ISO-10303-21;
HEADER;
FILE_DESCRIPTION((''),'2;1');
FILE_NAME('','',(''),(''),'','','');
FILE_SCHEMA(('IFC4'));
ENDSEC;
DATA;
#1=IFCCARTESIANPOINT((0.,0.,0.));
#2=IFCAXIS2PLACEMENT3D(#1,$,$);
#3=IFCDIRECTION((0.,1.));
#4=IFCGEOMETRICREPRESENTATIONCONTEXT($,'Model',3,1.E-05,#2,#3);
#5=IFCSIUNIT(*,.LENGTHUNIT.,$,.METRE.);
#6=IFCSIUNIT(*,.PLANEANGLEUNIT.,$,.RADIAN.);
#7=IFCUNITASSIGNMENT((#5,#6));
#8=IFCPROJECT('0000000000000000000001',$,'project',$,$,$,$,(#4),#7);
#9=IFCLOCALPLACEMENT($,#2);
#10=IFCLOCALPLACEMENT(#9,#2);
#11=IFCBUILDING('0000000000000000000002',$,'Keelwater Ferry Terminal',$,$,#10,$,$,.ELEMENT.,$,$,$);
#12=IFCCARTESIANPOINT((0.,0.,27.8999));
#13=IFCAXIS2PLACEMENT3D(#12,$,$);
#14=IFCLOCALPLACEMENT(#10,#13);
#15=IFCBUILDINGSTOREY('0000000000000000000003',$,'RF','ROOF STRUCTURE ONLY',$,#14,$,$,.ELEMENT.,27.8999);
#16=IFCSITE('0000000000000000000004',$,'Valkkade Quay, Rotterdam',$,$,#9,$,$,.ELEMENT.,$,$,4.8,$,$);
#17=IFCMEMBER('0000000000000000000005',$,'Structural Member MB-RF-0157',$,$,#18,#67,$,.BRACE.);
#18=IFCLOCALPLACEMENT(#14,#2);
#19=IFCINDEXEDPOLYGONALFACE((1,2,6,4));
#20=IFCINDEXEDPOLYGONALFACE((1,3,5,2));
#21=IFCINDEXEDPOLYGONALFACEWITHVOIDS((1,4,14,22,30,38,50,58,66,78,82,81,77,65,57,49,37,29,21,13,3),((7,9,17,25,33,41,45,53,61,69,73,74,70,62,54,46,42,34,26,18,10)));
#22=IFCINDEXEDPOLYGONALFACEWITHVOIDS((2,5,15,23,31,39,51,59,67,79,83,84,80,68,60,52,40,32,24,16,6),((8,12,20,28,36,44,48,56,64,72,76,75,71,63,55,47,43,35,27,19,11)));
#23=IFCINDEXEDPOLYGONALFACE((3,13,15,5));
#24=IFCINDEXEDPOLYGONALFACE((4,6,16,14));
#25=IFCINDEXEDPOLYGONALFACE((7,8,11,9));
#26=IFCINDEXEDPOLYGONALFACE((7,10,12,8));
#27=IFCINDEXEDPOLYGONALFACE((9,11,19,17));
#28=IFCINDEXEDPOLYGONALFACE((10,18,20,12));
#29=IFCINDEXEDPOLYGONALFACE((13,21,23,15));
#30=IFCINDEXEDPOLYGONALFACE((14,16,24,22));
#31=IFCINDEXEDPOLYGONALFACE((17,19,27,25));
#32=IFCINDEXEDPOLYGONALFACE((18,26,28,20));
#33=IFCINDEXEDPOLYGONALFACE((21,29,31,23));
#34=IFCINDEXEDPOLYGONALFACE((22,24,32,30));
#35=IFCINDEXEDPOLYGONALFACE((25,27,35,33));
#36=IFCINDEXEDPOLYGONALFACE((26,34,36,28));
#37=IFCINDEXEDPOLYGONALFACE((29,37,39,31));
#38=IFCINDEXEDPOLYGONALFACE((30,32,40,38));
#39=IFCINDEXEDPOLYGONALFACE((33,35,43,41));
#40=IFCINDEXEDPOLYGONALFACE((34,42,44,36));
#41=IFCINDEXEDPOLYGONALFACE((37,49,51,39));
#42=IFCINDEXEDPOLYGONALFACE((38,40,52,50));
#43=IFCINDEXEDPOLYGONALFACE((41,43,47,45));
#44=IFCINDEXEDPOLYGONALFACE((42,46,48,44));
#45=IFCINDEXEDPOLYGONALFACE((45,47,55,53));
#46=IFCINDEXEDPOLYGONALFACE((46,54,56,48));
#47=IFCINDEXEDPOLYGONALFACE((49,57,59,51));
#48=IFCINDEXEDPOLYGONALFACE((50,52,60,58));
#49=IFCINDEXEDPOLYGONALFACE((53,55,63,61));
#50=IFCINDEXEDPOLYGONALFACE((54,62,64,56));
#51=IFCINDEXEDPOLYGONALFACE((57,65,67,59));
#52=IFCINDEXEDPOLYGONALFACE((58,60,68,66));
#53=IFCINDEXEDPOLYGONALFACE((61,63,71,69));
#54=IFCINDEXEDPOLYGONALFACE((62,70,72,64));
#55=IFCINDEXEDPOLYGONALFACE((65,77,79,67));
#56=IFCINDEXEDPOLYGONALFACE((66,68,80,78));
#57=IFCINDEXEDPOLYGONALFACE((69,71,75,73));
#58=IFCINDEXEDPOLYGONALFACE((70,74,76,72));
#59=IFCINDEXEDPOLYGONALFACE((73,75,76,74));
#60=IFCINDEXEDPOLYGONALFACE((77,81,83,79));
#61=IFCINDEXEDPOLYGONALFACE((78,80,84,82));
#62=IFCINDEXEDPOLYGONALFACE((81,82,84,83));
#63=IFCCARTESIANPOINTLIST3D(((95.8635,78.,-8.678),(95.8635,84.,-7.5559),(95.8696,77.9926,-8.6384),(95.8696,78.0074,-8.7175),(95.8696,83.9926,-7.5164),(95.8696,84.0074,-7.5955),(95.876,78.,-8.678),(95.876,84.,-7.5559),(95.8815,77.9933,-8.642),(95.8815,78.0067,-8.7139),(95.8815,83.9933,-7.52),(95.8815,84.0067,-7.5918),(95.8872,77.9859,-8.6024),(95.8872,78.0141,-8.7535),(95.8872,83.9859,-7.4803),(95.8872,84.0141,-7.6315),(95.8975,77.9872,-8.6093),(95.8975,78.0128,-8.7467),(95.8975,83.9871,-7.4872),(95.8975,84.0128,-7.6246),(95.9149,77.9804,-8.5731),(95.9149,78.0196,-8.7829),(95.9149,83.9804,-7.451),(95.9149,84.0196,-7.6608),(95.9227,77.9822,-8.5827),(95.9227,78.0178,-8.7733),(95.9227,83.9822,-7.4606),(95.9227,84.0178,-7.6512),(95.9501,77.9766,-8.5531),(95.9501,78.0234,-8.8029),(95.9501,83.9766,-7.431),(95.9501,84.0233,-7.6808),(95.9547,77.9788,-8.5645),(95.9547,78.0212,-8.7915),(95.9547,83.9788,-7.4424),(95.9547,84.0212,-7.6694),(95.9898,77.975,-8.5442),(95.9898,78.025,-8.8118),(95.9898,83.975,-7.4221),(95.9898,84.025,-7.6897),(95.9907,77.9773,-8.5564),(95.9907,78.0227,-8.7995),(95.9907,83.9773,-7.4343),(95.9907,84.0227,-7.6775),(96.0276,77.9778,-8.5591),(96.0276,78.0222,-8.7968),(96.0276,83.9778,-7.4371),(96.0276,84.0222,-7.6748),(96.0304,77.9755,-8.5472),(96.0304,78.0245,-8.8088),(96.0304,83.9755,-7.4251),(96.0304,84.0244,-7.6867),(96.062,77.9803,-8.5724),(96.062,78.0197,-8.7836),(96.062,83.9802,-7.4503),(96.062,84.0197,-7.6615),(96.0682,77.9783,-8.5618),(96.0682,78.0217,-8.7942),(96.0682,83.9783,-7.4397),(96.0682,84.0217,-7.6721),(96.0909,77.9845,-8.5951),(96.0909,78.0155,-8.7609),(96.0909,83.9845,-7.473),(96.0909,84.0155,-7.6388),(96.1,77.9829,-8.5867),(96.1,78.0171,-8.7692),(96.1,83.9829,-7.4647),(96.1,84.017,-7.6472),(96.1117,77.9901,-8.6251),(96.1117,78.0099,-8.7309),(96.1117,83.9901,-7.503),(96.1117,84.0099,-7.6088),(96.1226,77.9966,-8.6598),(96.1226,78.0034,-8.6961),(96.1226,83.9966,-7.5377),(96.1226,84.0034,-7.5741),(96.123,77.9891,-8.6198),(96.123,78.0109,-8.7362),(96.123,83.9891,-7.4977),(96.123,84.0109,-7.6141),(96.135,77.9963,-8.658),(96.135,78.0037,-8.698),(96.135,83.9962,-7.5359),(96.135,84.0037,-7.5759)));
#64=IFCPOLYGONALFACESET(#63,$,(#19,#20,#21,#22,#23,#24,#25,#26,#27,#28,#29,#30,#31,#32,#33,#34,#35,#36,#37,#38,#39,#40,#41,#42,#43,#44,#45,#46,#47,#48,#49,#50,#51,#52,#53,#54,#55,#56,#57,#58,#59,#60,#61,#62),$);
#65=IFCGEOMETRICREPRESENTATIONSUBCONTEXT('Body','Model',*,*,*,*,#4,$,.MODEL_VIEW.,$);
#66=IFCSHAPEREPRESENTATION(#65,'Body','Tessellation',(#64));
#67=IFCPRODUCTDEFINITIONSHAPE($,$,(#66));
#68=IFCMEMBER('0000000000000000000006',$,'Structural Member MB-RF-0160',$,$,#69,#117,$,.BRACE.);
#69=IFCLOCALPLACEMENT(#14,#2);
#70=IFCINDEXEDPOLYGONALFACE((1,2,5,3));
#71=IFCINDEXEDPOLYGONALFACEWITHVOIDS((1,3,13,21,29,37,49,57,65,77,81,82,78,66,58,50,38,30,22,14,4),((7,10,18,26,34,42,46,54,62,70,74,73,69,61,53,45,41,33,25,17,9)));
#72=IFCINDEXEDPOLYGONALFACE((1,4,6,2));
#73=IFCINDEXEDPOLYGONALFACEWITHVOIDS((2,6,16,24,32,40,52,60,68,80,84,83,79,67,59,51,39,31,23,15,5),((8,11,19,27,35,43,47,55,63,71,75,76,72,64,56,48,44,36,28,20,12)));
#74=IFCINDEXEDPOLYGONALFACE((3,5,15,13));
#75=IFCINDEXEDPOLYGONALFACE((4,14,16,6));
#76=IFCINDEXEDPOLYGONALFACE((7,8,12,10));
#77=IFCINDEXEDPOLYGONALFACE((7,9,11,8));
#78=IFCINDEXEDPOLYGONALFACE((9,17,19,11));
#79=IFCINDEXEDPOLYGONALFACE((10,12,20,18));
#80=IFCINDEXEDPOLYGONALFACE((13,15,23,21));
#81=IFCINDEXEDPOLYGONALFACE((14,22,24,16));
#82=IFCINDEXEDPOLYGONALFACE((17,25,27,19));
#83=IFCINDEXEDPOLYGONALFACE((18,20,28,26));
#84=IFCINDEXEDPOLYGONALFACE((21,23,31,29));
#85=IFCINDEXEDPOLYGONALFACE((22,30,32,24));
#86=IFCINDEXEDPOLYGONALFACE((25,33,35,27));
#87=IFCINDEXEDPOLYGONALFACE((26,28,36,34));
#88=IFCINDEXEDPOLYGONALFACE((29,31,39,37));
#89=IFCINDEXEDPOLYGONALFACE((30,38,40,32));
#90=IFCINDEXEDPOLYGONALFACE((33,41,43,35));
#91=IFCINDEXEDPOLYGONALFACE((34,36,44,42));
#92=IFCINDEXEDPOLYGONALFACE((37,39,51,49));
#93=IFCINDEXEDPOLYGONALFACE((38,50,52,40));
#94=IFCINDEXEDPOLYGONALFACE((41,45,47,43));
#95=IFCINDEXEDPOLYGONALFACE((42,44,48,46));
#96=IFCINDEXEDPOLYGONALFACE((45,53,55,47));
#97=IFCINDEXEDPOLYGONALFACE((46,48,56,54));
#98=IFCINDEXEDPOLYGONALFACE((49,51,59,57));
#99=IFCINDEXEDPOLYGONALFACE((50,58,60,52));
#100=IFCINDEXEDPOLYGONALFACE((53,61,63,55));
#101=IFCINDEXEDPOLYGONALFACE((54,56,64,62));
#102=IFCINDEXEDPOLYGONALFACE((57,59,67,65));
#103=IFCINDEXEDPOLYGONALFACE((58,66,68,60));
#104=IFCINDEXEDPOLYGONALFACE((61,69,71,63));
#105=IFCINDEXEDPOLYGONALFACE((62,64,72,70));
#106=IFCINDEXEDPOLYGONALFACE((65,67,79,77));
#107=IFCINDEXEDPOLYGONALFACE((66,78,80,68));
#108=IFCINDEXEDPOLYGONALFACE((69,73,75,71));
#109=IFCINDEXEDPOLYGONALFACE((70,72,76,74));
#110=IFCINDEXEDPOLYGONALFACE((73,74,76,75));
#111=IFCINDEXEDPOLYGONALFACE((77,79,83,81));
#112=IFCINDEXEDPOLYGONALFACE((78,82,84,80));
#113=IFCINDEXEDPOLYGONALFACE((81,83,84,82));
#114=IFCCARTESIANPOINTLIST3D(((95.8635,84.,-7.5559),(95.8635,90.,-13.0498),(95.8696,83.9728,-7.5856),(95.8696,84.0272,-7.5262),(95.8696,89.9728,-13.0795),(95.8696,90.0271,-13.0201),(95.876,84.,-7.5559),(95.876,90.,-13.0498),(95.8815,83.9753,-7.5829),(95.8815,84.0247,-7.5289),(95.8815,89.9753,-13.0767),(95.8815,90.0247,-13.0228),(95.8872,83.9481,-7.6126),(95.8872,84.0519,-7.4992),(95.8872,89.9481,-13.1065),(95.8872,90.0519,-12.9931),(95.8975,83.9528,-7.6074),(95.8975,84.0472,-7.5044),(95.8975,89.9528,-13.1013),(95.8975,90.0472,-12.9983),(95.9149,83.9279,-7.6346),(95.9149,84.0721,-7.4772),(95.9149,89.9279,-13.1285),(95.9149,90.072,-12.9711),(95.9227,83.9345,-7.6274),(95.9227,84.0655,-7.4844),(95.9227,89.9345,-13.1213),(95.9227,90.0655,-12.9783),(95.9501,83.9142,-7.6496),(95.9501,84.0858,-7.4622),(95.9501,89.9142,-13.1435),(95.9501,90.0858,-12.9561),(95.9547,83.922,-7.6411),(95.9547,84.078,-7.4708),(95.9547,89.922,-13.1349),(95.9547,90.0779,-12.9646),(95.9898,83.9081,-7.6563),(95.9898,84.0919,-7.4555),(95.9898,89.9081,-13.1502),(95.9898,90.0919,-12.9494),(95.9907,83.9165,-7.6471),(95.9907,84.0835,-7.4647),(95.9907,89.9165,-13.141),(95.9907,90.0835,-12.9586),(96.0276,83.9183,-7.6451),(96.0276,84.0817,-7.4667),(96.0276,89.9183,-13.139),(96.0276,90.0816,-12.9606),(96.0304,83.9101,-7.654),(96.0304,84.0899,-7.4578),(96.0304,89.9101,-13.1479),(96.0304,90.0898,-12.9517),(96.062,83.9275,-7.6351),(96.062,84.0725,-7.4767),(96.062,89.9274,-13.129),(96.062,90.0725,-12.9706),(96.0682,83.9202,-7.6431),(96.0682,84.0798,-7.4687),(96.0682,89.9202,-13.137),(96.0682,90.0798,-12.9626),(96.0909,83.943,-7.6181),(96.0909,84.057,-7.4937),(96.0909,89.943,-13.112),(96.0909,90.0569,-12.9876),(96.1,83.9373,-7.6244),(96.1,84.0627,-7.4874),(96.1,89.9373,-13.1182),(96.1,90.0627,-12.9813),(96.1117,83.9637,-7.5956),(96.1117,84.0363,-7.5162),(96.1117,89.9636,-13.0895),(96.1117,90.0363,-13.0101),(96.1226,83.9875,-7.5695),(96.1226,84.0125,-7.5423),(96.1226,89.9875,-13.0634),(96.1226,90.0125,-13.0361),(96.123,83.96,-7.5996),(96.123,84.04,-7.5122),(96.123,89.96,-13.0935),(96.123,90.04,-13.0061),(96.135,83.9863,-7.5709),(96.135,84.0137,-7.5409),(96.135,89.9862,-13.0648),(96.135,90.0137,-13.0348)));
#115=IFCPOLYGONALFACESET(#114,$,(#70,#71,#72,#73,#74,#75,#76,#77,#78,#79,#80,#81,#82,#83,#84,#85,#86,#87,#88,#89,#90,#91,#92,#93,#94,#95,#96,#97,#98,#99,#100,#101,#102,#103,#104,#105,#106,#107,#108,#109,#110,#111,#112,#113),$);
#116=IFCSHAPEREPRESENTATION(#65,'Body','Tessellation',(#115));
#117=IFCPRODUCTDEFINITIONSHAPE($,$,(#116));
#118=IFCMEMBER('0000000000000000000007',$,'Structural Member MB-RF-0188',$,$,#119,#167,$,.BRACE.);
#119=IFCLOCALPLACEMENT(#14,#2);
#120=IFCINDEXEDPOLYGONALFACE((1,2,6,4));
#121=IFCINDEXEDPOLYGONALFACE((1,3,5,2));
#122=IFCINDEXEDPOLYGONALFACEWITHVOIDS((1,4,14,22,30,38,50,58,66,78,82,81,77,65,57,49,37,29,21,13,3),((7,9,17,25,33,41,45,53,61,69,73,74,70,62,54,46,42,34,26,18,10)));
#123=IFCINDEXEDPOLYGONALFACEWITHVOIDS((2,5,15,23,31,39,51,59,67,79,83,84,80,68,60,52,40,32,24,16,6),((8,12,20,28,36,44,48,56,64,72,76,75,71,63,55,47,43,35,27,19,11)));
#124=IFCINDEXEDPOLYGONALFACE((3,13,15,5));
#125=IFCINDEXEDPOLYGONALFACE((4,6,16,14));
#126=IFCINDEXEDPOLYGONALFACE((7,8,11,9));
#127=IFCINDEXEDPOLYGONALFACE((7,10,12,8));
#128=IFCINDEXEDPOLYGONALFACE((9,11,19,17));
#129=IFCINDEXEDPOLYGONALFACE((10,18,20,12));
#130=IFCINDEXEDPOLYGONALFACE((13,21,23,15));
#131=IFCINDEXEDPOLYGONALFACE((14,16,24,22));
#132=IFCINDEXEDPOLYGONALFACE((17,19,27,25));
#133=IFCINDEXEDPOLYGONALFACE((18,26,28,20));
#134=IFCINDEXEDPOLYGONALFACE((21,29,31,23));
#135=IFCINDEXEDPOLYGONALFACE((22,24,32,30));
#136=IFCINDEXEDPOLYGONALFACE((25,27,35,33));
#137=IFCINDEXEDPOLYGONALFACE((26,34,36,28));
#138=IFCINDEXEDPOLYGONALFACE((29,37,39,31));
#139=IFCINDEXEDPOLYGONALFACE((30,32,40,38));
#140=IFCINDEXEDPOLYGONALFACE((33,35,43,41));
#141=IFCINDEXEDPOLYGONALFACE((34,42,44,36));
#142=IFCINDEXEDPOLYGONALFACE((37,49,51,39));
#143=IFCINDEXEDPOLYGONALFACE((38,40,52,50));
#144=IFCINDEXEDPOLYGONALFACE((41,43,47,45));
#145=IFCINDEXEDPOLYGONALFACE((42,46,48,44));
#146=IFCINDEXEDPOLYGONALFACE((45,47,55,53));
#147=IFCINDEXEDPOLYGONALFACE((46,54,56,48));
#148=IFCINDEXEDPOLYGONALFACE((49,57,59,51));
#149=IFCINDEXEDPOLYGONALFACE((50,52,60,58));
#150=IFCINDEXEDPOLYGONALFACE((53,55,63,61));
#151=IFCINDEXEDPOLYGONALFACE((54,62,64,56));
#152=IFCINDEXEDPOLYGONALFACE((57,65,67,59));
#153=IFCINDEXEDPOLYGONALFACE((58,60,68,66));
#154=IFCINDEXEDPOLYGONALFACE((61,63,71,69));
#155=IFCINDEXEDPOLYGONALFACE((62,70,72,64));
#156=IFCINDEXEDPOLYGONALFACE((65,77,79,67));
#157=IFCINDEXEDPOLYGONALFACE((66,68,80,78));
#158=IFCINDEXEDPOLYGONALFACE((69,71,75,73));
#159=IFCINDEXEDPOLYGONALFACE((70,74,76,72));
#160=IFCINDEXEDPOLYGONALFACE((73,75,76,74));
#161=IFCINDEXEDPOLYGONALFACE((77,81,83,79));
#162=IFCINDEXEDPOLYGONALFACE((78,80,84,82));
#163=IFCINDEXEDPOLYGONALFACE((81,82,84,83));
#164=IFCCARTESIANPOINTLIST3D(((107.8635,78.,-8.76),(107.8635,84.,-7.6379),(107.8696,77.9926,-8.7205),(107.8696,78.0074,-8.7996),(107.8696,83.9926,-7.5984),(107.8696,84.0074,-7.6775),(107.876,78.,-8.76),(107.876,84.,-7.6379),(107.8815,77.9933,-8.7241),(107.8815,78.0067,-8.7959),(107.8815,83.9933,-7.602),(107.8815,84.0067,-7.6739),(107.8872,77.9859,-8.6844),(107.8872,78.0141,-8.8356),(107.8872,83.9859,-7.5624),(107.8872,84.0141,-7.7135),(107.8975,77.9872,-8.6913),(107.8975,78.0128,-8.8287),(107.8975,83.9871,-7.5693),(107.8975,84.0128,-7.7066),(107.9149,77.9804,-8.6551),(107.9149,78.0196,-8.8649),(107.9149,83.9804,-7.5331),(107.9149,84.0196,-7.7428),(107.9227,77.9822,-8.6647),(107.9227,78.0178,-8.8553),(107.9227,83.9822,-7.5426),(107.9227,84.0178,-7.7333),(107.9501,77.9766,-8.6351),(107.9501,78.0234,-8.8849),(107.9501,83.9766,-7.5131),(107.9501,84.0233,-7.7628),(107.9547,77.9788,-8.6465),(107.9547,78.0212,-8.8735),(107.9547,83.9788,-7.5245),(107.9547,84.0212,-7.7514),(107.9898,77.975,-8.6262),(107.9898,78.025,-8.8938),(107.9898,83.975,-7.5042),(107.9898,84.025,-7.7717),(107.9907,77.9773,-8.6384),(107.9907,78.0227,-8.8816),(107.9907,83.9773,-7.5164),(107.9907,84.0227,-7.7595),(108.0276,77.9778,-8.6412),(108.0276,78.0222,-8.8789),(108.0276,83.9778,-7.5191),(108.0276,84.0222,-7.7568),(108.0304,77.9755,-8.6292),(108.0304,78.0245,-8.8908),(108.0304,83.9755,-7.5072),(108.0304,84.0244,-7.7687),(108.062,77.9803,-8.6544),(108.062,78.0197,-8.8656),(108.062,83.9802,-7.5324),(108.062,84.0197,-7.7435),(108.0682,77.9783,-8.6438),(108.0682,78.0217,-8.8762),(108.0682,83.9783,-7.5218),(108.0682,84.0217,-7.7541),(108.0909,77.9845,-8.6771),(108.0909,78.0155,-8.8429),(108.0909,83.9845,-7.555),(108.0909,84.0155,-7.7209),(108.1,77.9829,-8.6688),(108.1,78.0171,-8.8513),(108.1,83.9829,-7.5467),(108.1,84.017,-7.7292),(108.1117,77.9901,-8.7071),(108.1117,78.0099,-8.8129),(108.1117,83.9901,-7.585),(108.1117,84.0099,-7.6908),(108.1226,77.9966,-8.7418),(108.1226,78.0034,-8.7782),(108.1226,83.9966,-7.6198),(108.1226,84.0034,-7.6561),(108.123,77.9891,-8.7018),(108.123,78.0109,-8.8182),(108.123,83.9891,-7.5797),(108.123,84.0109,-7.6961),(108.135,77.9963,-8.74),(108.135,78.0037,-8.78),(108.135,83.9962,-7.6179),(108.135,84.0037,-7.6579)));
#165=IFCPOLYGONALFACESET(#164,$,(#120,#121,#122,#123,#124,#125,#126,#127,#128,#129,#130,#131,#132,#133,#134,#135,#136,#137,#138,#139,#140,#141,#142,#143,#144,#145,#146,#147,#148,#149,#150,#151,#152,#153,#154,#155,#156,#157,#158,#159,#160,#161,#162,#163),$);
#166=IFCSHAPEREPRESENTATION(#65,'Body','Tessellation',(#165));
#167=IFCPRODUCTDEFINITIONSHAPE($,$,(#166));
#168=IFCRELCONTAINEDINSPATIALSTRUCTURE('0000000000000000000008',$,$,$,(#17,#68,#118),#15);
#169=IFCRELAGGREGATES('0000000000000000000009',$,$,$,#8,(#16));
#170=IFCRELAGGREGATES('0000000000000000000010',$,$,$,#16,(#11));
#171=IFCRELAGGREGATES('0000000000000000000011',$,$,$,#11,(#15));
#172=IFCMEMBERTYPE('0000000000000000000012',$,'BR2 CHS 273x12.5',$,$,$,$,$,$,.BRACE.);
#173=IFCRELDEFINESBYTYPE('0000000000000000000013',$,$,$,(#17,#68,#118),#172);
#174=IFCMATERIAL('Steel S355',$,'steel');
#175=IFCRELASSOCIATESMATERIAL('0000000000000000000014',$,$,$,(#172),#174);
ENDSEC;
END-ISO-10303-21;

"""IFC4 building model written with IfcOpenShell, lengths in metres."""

from ifc_helpers import new_model, si_unit, direction, frame, origin, origin_2d, place, context, subcontext, project, spatial, hollow_circle, extrude, material, material_profile, profile_set, type_object, element, save


model = new_model("IFC4")

# Units and contexts
model_context = context("Model", 3, precision=1e-05, world=origin(), true_north=direction((0.0, 1.0)))
body_context = subcontext(model_context, "Body", "Model", "MODEL_VIEW")
ifc_project = project(units=[si_unit("LENGTHUNIT", "METRE"), si_unit("PLANEANGLEUNIT", "RADIAN")], contexts=[model_context])

# Site, building, storey
site_placement = place(None, origin())
site = spatial("IfcSite", under=ifc_project, at=site_placement, Name="Valkkade Quay, Rotterdam", CompositionType="ELEMENT", RefElevation=4.8)
building_placement = place(site_placement, origin())
building = spatial("IfcBuilding", under=site, at=building_placement, Name="Keelwater Ferry Terminal", CompositionType="ELEMENT")
storey_placement = place(building_placement, frame((0.0, 0.0, 27.8999)))
storey = spatial("IfcBuildingStorey", under=building, at=storey_placement, Name="RF", Description="ROOF STRUCTURE ONLY", CompositionType="ELEMENT", Elevation=27.8999)

# Members
ifc_material_1 = material(Name="Steel S355", Category="steel")
ifc_material_profile_1 = material_profile(ifc_material_1, hollow_circle(Radius=0.1365, WallThickness=0.0125, at=origin_2d()), Name="CHS 273x12.5")
ifc_profile_set_1 = profile_set([ifc_material_profile_1], Name="Steel S355")
member_type_1 = type_object("IfcMemberType", Name="BR2 CHS 273x12.5", PredefinedType="BRACE", material=ifc_profile_set_1)
member_1_placement = place(storey_placement, frame((96.0, 78.0, -8.678), z_axis=(0.0, 0.982959, 0.183825), x_axis=(-1.0, 0.0, 0.0)))
element("IfcMember", 1, at=member_1_placement, inside=storey, type_object=member_type_1, Name="Structural Member MB-RF-0157", PredefinedType="BRACE", context=body_context, shape_type="SweptSolid", body=[
    extrude(hollow_circle(Radius=0.1365, WallThickness=0.0125, at=origin_2d()), origin(), (0.0, 0.0, 1.0), 6.104),
])
member_2_placement = place(storey_placement, frame((96.0, 84.0, -7.5559), z_axis=(0.0, 0.737528, -0.675317), x_axis=(-1.0, 0.0, 0.0)))
element("IfcMember", 2, at=member_2_placement, inside=storey, type_object=member_type_1, Name="Structural Member MB-RF-0160", PredefinedType="BRACE", context=body_context, shape_type="SweptSolid", body=[
    extrude(hollow_circle(Radius=0.1365, WallThickness=0.0125, at=origin_2d()), origin(), (0.0, 0.0, 1.0), 8.1353),
])
member_3_placement = place(storey_placement, frame((108.0, 78.0, -8.76), z_axis=(0.0, 0.982959, 0.183825), x_axis=(-1.0, 0.0, 0.0)))
element("IfcMember", 3, at=member_3_placement, inside=storey, type_object=member_type_1, Name="Structural Member MB-RF-0188", PredefinedType="BRACE", context=body_context, shape_type="SweptSolid", body=[
    extrude(hollow_circle(Radius=0.1365, WallThickness=0.0125, at=origin_2d()), origin(), (0.0, 0.0, 1.0), 6.104),
])

save(model, "model.ifc")
